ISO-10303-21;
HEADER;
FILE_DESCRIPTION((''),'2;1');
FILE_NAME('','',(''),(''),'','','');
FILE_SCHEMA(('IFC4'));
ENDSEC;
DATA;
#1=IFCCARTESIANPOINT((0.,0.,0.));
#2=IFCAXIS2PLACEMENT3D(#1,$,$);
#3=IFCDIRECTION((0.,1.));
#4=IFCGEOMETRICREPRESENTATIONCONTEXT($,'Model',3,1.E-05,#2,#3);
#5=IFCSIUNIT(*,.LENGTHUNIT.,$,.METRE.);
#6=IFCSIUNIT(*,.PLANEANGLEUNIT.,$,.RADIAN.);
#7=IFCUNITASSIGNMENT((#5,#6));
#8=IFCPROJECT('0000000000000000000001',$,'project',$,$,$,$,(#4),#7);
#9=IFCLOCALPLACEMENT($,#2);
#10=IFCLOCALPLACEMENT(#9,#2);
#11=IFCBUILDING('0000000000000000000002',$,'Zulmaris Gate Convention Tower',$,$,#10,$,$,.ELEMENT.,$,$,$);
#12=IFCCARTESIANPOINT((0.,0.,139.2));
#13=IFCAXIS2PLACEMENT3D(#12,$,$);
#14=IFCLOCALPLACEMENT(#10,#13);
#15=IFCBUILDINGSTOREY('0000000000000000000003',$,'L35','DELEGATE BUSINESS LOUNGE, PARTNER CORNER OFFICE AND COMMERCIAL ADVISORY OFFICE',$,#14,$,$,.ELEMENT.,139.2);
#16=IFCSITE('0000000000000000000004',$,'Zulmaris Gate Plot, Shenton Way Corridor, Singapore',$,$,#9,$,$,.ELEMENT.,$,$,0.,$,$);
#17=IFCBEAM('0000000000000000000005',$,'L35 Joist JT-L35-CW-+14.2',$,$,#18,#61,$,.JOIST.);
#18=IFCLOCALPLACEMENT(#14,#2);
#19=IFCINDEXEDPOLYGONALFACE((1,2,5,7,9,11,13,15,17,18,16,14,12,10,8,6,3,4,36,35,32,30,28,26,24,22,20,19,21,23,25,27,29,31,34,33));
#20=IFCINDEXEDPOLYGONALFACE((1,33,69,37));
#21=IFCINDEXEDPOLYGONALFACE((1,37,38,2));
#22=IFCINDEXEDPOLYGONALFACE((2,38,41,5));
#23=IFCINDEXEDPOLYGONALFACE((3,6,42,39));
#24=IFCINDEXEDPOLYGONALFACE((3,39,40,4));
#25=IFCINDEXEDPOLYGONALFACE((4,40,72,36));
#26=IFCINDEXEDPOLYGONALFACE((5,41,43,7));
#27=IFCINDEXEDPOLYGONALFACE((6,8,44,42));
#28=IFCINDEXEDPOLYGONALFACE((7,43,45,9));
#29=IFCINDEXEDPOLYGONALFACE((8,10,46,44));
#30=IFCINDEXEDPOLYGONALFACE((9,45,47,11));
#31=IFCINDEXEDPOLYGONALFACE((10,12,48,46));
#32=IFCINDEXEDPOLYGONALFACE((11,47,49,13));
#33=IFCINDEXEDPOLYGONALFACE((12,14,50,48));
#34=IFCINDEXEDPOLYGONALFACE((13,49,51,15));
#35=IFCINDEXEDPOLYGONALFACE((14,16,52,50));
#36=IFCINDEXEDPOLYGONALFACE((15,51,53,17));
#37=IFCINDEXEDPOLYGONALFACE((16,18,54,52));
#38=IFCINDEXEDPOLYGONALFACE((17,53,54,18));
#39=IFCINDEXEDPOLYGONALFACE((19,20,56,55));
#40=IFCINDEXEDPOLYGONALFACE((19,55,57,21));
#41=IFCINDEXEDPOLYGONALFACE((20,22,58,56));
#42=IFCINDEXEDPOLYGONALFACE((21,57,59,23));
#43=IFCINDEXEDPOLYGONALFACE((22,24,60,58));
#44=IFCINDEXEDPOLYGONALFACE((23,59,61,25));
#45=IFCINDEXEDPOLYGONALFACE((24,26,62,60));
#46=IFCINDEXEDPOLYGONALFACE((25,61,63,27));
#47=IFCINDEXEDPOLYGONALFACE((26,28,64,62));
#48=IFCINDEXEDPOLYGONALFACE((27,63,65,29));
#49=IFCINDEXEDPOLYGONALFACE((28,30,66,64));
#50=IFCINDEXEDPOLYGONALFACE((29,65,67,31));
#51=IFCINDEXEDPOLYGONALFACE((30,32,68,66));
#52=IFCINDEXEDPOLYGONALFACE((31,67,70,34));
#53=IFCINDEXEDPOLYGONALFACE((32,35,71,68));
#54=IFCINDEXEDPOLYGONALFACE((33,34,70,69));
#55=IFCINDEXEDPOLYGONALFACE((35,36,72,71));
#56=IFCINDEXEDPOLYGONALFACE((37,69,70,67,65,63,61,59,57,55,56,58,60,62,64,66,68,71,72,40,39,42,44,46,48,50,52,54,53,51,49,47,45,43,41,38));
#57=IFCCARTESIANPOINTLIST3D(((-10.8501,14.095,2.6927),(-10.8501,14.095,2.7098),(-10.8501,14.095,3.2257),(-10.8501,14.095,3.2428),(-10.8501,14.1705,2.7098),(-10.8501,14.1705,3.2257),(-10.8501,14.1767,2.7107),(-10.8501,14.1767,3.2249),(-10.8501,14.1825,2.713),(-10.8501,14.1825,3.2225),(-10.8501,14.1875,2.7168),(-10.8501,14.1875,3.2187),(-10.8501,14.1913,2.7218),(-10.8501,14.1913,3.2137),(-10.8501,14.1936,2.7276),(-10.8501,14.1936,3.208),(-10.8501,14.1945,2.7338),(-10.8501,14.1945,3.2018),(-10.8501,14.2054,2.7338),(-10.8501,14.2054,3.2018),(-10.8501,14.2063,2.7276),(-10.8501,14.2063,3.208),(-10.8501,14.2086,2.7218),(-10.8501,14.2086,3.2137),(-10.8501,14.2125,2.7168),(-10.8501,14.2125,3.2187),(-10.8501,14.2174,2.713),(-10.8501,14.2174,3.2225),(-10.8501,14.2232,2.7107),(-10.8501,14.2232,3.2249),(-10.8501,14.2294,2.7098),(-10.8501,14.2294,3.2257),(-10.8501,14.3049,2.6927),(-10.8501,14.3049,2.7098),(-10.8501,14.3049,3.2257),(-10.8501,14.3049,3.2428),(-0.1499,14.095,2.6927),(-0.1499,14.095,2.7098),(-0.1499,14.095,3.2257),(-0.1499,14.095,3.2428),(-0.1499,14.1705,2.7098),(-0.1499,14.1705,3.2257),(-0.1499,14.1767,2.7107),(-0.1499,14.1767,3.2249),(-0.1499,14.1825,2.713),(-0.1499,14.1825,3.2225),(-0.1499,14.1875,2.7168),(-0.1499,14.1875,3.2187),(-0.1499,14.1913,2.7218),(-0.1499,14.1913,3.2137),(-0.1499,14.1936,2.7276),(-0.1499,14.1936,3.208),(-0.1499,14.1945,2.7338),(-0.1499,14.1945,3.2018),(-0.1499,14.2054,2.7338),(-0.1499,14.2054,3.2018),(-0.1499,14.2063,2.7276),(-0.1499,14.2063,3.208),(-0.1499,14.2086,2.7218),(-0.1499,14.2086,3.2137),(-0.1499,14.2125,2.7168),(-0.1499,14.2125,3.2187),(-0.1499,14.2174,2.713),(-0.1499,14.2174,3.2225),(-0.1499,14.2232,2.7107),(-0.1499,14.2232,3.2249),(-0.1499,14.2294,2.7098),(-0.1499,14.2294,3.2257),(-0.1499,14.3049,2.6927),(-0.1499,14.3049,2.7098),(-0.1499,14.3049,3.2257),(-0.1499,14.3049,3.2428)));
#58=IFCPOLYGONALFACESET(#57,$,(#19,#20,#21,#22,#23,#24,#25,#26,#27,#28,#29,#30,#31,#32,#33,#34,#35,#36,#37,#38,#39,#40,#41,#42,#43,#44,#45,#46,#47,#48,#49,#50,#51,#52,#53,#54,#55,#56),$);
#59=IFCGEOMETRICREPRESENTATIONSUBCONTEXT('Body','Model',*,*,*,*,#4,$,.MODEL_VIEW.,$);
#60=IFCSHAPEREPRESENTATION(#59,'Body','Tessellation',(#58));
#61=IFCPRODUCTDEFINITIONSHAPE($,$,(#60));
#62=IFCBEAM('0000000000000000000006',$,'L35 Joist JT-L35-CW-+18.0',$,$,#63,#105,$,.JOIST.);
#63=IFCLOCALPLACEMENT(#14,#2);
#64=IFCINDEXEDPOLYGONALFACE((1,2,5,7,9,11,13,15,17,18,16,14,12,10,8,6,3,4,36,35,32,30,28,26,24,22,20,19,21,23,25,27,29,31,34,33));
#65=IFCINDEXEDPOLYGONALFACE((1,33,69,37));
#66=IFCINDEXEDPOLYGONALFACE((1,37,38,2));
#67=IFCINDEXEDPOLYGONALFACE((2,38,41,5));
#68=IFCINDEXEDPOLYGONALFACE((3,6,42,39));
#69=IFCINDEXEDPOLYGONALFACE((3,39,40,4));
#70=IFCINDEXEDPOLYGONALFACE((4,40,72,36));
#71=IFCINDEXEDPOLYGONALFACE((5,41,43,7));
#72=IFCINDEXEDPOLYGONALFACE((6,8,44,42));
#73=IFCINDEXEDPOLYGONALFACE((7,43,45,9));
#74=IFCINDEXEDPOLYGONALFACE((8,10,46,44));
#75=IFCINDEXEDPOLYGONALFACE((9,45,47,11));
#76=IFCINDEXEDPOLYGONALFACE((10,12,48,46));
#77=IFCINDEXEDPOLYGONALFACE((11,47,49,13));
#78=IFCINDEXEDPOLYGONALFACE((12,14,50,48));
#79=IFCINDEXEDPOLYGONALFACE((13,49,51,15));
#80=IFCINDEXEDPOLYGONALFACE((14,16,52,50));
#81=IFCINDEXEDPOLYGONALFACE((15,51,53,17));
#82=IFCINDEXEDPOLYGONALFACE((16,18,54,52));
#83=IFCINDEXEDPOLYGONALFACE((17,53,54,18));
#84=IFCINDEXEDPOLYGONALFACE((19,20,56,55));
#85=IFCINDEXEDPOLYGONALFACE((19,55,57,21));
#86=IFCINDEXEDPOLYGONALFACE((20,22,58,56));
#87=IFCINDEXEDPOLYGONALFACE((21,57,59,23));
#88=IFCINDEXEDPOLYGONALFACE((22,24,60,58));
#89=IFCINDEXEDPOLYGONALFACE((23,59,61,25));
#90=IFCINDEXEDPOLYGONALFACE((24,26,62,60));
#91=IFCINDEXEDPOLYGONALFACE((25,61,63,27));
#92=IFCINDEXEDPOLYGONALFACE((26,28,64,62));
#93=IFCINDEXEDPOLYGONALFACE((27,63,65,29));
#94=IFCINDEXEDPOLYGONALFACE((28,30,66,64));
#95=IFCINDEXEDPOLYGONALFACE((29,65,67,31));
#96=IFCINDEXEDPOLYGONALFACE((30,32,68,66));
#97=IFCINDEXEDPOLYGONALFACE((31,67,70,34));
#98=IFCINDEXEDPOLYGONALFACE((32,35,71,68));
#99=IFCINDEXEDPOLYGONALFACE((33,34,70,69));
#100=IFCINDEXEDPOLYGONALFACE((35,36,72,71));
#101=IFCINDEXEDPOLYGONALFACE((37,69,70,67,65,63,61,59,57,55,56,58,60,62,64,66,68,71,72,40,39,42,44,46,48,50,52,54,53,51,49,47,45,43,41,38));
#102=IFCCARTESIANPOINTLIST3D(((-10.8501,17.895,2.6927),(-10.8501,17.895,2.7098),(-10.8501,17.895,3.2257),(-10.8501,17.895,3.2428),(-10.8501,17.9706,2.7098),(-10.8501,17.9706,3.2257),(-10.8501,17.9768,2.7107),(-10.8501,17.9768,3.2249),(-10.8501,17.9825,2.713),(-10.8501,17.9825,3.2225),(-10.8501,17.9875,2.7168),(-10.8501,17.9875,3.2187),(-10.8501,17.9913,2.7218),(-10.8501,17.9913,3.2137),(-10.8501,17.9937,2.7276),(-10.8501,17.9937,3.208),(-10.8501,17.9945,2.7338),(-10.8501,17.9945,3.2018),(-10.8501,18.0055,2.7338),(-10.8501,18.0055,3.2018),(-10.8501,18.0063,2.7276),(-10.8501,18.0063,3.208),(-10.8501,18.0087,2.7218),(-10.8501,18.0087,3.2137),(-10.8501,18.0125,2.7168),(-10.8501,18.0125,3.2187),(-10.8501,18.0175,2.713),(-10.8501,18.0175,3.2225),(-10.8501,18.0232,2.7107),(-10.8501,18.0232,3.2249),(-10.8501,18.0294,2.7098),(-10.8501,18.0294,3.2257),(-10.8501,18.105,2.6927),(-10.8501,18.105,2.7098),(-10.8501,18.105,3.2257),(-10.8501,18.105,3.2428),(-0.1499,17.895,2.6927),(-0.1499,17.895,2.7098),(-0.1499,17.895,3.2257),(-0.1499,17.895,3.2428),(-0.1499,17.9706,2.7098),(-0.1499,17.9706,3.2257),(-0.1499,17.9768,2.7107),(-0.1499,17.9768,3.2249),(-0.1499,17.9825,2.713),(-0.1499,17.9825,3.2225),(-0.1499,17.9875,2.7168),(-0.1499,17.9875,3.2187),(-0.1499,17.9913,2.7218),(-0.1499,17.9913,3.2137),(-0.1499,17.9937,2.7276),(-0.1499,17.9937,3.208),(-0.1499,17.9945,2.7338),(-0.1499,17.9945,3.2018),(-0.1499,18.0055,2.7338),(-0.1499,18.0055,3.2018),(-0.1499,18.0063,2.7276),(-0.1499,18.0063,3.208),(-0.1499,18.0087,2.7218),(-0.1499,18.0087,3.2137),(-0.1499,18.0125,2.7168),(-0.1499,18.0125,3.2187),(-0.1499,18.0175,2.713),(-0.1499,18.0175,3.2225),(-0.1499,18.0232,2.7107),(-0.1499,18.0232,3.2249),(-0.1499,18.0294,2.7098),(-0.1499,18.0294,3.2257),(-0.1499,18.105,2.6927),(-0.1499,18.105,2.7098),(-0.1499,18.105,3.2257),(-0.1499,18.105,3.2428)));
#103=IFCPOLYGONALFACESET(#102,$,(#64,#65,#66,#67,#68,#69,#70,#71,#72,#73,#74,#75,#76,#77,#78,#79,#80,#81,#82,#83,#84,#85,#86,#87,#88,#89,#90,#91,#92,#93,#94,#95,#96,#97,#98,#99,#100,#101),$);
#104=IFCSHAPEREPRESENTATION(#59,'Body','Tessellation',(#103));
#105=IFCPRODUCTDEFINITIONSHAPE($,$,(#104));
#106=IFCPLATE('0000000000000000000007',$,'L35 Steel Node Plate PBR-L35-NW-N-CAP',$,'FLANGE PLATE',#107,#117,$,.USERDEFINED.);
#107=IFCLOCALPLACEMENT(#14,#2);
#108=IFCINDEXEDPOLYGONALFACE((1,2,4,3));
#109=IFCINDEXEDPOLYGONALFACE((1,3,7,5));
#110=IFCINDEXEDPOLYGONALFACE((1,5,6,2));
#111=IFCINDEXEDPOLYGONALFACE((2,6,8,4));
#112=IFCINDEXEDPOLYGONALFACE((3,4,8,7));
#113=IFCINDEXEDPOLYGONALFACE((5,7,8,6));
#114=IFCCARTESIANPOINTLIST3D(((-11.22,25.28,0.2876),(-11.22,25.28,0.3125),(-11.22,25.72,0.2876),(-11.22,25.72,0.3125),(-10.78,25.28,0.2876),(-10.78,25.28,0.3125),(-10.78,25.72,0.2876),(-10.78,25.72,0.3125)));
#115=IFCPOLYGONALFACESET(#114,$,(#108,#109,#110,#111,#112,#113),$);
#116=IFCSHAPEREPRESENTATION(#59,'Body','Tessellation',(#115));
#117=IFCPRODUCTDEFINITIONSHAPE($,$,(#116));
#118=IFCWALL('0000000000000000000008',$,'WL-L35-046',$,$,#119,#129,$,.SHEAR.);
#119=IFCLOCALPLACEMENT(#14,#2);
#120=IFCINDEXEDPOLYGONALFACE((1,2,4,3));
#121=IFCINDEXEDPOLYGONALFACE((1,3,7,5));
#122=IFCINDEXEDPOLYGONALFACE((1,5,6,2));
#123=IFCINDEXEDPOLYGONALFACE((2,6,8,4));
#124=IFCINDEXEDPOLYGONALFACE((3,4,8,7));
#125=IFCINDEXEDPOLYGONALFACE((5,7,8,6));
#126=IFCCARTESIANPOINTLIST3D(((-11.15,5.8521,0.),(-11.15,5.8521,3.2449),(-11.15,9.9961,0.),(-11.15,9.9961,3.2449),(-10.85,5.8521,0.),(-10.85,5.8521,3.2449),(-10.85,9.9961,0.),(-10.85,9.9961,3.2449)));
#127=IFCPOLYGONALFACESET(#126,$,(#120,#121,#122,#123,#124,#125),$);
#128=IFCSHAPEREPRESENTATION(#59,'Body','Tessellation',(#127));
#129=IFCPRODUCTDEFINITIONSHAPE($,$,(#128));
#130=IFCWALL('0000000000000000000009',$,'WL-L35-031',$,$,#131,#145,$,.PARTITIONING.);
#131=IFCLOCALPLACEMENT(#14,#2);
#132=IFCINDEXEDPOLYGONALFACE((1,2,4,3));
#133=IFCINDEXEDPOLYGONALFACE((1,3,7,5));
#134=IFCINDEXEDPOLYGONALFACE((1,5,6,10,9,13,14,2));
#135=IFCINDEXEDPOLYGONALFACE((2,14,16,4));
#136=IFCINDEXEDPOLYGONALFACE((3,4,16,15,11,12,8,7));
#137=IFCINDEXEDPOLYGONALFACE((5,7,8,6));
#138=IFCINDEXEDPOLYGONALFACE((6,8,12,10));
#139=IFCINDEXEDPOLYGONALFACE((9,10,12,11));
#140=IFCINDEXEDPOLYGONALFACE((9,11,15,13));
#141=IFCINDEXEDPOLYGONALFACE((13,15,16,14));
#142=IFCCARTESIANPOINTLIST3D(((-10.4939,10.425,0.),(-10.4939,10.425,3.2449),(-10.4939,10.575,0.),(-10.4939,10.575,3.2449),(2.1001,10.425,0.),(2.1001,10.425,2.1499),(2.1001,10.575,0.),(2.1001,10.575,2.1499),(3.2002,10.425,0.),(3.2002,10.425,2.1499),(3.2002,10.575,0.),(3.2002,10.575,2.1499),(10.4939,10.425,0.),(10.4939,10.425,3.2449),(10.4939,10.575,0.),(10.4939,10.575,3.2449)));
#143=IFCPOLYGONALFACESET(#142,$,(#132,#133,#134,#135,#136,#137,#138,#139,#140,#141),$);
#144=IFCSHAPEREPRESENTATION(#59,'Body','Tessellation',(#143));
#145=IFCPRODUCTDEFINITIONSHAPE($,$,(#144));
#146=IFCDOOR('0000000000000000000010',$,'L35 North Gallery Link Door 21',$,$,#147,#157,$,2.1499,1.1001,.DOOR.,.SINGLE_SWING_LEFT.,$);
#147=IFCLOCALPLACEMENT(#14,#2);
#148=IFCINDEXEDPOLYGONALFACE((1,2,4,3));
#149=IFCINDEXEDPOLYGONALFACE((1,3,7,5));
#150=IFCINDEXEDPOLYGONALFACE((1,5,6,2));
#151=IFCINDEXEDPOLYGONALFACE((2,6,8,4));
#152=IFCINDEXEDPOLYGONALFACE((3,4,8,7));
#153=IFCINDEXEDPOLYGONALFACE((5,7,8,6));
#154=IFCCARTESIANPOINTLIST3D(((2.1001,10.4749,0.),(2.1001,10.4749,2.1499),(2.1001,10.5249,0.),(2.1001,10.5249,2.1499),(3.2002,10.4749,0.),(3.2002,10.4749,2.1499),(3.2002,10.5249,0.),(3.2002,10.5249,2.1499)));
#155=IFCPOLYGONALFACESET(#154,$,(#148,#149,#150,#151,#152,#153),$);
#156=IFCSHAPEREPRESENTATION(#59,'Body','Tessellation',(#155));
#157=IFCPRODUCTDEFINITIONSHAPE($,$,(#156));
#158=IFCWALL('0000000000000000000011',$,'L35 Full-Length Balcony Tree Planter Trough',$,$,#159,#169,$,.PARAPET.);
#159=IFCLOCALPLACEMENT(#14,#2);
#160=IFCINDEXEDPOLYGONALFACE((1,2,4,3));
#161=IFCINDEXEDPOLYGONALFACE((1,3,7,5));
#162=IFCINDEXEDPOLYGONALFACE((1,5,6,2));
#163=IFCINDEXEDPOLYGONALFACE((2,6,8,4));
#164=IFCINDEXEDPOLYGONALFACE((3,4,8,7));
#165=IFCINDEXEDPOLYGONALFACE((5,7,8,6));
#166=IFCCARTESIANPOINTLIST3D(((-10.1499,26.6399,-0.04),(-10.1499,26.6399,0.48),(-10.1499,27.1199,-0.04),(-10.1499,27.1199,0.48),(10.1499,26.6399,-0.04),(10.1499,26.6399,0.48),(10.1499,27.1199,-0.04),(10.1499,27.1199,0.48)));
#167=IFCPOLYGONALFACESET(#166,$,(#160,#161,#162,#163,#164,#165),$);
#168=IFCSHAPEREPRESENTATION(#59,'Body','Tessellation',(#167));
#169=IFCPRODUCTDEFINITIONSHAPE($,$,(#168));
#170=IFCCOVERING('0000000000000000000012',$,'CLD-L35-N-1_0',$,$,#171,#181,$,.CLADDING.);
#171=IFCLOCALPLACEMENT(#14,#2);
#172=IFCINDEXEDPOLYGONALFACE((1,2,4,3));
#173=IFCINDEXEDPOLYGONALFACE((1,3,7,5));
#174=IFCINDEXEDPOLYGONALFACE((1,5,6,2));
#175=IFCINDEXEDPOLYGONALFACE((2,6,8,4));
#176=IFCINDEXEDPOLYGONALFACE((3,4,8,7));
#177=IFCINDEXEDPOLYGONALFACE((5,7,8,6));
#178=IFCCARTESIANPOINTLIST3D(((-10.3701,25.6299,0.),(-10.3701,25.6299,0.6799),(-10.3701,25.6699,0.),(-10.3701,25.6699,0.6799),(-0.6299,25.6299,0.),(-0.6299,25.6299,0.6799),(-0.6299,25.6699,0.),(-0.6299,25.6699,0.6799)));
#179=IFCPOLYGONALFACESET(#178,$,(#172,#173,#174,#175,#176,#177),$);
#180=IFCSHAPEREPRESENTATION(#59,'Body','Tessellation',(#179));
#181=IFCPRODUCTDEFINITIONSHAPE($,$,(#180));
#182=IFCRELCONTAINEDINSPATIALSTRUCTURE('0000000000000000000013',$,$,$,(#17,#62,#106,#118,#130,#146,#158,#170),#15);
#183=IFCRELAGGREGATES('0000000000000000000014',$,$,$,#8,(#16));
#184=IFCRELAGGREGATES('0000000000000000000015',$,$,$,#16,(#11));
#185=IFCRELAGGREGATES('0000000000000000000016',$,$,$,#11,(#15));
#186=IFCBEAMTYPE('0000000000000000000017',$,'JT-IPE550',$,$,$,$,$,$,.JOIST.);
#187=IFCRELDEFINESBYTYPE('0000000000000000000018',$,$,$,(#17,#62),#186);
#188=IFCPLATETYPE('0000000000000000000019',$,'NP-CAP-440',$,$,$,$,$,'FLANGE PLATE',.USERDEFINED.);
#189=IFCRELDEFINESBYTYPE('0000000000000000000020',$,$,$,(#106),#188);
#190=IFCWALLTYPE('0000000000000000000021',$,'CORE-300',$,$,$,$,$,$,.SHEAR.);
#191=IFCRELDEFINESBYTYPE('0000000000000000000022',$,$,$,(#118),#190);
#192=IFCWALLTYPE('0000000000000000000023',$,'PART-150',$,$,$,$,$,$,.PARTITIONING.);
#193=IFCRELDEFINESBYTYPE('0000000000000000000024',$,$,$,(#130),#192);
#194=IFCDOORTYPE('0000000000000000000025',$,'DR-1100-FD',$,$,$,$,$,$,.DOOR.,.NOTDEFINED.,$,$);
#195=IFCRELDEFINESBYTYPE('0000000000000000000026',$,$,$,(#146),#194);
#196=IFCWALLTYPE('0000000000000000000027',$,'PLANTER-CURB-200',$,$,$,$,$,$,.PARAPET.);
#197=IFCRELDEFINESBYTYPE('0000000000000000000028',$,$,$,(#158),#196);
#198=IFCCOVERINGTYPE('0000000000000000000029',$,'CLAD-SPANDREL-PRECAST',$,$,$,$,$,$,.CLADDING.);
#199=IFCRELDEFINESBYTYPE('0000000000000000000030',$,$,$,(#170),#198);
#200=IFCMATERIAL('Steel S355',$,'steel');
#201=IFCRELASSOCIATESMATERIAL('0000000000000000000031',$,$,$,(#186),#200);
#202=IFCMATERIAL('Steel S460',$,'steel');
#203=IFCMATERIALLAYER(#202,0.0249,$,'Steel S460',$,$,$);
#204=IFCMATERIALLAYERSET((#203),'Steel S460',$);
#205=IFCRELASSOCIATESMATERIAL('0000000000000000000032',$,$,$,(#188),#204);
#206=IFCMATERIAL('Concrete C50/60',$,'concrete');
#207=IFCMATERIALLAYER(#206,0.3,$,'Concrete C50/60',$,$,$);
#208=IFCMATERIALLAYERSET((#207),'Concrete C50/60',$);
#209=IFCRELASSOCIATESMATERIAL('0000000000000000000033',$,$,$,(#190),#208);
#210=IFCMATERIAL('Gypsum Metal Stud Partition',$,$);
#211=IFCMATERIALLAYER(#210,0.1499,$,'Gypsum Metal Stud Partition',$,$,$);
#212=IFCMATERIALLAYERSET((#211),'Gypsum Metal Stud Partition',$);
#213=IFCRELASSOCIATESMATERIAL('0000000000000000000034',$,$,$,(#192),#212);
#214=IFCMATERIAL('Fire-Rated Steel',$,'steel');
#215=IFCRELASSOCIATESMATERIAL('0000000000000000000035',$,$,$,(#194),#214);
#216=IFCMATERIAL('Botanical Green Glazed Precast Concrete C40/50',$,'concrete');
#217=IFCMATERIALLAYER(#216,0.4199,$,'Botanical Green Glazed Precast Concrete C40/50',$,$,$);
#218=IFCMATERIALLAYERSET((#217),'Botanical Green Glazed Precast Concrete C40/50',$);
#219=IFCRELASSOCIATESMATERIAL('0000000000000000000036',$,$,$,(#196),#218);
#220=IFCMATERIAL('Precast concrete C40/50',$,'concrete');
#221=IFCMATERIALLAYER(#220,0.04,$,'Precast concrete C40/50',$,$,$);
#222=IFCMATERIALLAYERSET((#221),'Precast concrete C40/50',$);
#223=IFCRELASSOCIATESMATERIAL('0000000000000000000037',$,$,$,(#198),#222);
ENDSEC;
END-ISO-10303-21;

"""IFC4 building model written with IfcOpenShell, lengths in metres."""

from ifc_helpers import new_model, si_unit, direction, frame, frame_2d, origin, origin_2d, place, context, subcontext, project, spatial, rectangle, i_section, extrude, material, layer, layer_set, material_profile, profile_set, type_object, element, fill, save


model = new_model("IFC4")

# Units and contexts
model_context = context("Model", 3, precision=1e-05, world=origin(), true_north=direction((0.0, 1.0)))
body_context = subcontext(model_context, "Body", "Model", "MODEL_VIEW")
ifc_project = project(units=[si_unit("LENGTHUNIT", "METRE"), si_unit("PLANEANGLEUNIT", "RADIAN")], contexts=[model_context])

# Site, building, storey
site_placement = place(None, origin())
site = spatial("IfcSite", under=ifc_project, at=site_placement, Name="Zulmaris Gate Plot, Shenton Way Corridor, Singapore", CompositionType="ELEMENT", RefElevation=0.0)
building_placement = place(site_placement, origin())
building = spatial("IfcBuilding", under=site, at=building_placement, Name="Zulmaris Gate Convention Tower", CompositionType="ELEMENT")
storey_placement = place(building_placement, frame((0.0, 0.0, 139.2)))
storey = spatial("IfcBuildingStorey", under=building, at=storey_placement, Name="L35", Description="DELEGATE BUSINESS LOUNGE, PARTNER CORNER OFFICE AND COMMERCIAL ADVISORY OFFICE", CompositionType="ELEMENT", Elevation=139.2)

# Shared definitions
ifc_material_1 = material(Name="Steel S355", Category="steel")

# Shared definitions
ifc_material_2 = material(Name="Steel S460", Category="steel")

# Beams
ifc_material_profile_1 = material_profile(ifc_material_1, i_section(OverallWidth=0.21, OverallDepth=0.55, WebThickness=0.011, FlangeThickness=0.0171, FilletRadius=0.0239, at=origin_2d()), Name="IPE 550")
ifc_profile_set_1 = profile_set([ifc_material_profile_1], Name="Steel S355")
beam_type_1 = type_object("IfcBeamType", Name="JT-IPE550", PredefinedType="JOIST", material=ifc_profile_set_1)
for number, where, z_axis, x_axis, name in (
    (1, (-10.8501, 14.2, 2.9678), (1.0, 0.0, 0.0), (0.0, 1.0, 0.0), "L35 Joist JT-L35-CW-+14.2"),
    (2, (-10.8501, 18.0, 2.9678), (1.0, 0.0, 0.0), (0.0, 1.0, 0.0), "L35 Joist JT-L35-CW-+18.0"),
):
    element("IfcBeam", number, at=place(storey_placement, frame(where, z_axis=z_axis, x_axis=x_axis)), inside=storey, type_object=beam_type_1, Name=name, PredefinedType="JOIST", context=body_context, shape_type="SweptSolid", body=[
        extrude(i_section(OverallWidth=0.21, OverallDepth=0.55, WebThickness=0.011, FlangeThickness=0.0171, FilletRadius=0.0239, at=origin_2d()), origin(), (0.0, 0.0, 1.0), 10.7002),
    ])

# Plate
ifc_layer_1 = layer(ifc_material_2, 0.0249, Name="Steel S460")
ifc_layer_set_1 = layer_set([ifc_layer_1], Name="Steel S460")
plate_type = type_object("IfcPlateType", Name="NP-CAP-440", ElementType="FLANGE PLATE", PredefinedType="USERDEFINED", material=ifc_layer_set_1)
plate_placement = place(storey_placement, frame((-11.0, 25.5, 0.2876), z_axis=(0.0, 0.0, 1.0), x_axis=(1.0, 0.0, 0.0)))
element("IfcPlate", 3, at=plate_placement, inside=storey, type_object=plate_type, Name="L35 Steel Node Plate PBR-L35-NW-N-CAP", ObjectType="FLANGE PLATE", PredefinedType="USERDEFINED", context=body_context, shape_type="SweptSolid", body=[
    extrude(rectangle(XDim=0.4399, YDim=0.4399, at=origin_2d()), origin(), (0.0, 0.0, 1.0), 0.0249),
])

# Wall
ifc_material_3 = material(Name="Concrete C50/60", Category="concrete")
ifc_layer_2 = layer(ifc_material_3, 0.3, Name="Concrete C50/60")
ifc_layer_set_2 = layer_set([ifc_layer_2], Name="Concrete C50/60")
wall_type_1 = type_object("IfcWallType", Name="CORE-300", PredefinedType="SHEAR", material=ifc_layer_set_2)
wall_1_placement = place(storey_placement, frame((-11.0, 5.8521, 0.0), z_axis=(0.0, 0.0, 1.0), x_axis=(0.0, 1.0, 0.0)))
element("IfcWall", 4, at=wall_1_placement, inside=storey, type_object=wall_type_1, Name="WL-L35-046", PredefinedType="SHEAR", context=body_context, shape_type="SweptSolid", body=[
    extrude(rectangle(XDim=4.144, YDim=0.3, at=frame_2d((2.072, 0.0))), origin(), (0.0, 0.0, 1.0), 3.2449),
])

# Wall, opening, door
ifc_material_4 = material(Name="Gypsum Metal Stud Partition")
ifc_layer_3 = layer(ifc_material_4, 0.1499, Name="Gypsum Metal Stud Partition")
ifc_layer_set_3 = layer_set([ifc_layer_3], Name="Gypsum Metal Stud Partition")
wall_type_2 = type_object("IfcWallType", Name="PART-150", PredefinedType="PARTITIONING", material=ifc_layer_set_3)
wall_2_placement = place(storey_placement, frame((-10.4939, 10.5, 0.0), z_axis=(0.0, 0.0, 1.0), x_axis=(1.0, 0.0, 0.0)))
wall_2 = element("IfcWall", 5, at=wall_2_placement, inside=storey, type_object=wall_type_2, Name="WL-L35-031", PredefinedType="PARTITIONING", context=body_context, shape_type="SweptSolid", body=[
    extrude(rectangle(XDim=20.9878, YDim=0.1499, at=frame_2d((10.4939, 0.0))), origin(), (0.0, 0.0, 1.0), 3.2449),
])
opening_1_placement = place(wall_2_placement, frame((12.594, 0.0, 0.0)))
opening_1 = element("IfcOpeningElement", 6, at=opening_1_placement, cuts=wall_2, PredefinedType="OPENING", context=body_context, shape_type="SweptSolid", body=[
    extrude(rectangle(XDim=1.1001, YDim=2.1499, at=frame_2d((0.55, 1.075))), frame((0.0, 0.085, 0.0), z_axis=(0.0, -1.0, 0.0), x_axis=(1.0, 0.0, 0.0)), (0.0, 0.0, 1.0), 0.1699),
])
ifc_material_5 = material(Name="Fire-Rated Steel", Category="steel")
door_type_1 = type_object("IfcDoorType", Name="DR-1100-FD", OperationType="NOTDEFINED", PredefinedType="DOOR", material=ifc_material_5)
door_1_placement = place(opening_1_placement, origin())
door_1 = element("IfcDoor", 7, at=door_1_placement, inside=storey, type_object=door_type_1, Name="L35 North Gallery Link Door 21", OperationType="SINGLE_SWING_LEFT", OverallHeight=2.1499, OverallWidth=1.1001, PredefinedType="DOOR", context=body_context, shape_type="SweptSolid", body=[
    extrude(rectangle(XDim=1.1001, YDim=2.1499, at=frame_2d((0.55, 1.075))), frame((0.0, 0.0249, 0.0), z_axis=(0.0, -1.0, 0.0), x_axis=(1.0, 0.0, 0.0)), (0.0, 0.0, 1.0), 0.05),
])
fill(opening_1, door_1)

# Wall
ifc_material_6 = material(Name="Botanical Green Glazed Precast Concrete C40/50", Category="concrete")
ifc_layer_4 = layer(ifc_material_6, 0.4199, Name="Botanical Green Glazed Precast Concrete C40/50")
ifc_layer_set_4 = layer_set([ifc_layer_4], Name="Botanical Green Glazed Precast Concrete C40/50")
wall_type_3 = type_object("IfcWallType", Name="PLANTER-CURB-200", PredefinedType="PARAPET", material=ifc_layer_set_4)
wall_3_placement = place(storey_placement, frame((-10.1499, 26.8799, -0.04), z_axis=(0.0, 0.0, 1.0), x_axis=(1.0, 0.0, 0.0)))
element("IfcWall", 8, at=wall_3_placement, inside=storey, type_object=wall_type_3, Name="L35 Full-Length Balcony Tree Planter Trough", PredefinedType="PARAPET", context=body_context, shape_type="SweptSolid", body=[
    extrude(rectangle(XDim=20.2998, YDim=0.48, at=frame_2d((10.1499, 0.0))), origin(), (0.0, 0.0, 1.0), 0.52),
])

# Shared definitions
ifc_material_7 = material(Name="Precast concrete C40/50", Category="concrete")

# Covering
ifc_layer_5 = layer(ifc_material_7, 0.04, Name="Precast concrete C40/50")
ifc_layer_set_5 = layer_set([ifc_layer_5], Name="Precast concrete C40/50")
covering_type_1 = type_object("IfcCoveringType", Name="CLAD-SPANDREL-PRECAST", PredefinedType="CLADDING", material=ifc_layer_set_5)
covering_1_placement = place(storey_placement, frame((-0.6299, 25.6499, 0.0), z_axis=(0.0, 0.0, 1.0), x_axis=(-1.0, 0.0, 0.0)))
element("IfcCovering", 9, at=covering_1_placement, inside=storey, type_object=covering_type_1, Name="CLD-L35-N-1_0", PredefinedType="CLADDING", context=body_context, shape_type="SweptSolid", body=[
    extrude(rectangle(XDim=9.7402, YDim=0.04, at=frame_2d((4.8701, 0.0))), origin(), (0.0, 0.0, 1.0), 0.6799),
])

save(model, "model.ifc")
